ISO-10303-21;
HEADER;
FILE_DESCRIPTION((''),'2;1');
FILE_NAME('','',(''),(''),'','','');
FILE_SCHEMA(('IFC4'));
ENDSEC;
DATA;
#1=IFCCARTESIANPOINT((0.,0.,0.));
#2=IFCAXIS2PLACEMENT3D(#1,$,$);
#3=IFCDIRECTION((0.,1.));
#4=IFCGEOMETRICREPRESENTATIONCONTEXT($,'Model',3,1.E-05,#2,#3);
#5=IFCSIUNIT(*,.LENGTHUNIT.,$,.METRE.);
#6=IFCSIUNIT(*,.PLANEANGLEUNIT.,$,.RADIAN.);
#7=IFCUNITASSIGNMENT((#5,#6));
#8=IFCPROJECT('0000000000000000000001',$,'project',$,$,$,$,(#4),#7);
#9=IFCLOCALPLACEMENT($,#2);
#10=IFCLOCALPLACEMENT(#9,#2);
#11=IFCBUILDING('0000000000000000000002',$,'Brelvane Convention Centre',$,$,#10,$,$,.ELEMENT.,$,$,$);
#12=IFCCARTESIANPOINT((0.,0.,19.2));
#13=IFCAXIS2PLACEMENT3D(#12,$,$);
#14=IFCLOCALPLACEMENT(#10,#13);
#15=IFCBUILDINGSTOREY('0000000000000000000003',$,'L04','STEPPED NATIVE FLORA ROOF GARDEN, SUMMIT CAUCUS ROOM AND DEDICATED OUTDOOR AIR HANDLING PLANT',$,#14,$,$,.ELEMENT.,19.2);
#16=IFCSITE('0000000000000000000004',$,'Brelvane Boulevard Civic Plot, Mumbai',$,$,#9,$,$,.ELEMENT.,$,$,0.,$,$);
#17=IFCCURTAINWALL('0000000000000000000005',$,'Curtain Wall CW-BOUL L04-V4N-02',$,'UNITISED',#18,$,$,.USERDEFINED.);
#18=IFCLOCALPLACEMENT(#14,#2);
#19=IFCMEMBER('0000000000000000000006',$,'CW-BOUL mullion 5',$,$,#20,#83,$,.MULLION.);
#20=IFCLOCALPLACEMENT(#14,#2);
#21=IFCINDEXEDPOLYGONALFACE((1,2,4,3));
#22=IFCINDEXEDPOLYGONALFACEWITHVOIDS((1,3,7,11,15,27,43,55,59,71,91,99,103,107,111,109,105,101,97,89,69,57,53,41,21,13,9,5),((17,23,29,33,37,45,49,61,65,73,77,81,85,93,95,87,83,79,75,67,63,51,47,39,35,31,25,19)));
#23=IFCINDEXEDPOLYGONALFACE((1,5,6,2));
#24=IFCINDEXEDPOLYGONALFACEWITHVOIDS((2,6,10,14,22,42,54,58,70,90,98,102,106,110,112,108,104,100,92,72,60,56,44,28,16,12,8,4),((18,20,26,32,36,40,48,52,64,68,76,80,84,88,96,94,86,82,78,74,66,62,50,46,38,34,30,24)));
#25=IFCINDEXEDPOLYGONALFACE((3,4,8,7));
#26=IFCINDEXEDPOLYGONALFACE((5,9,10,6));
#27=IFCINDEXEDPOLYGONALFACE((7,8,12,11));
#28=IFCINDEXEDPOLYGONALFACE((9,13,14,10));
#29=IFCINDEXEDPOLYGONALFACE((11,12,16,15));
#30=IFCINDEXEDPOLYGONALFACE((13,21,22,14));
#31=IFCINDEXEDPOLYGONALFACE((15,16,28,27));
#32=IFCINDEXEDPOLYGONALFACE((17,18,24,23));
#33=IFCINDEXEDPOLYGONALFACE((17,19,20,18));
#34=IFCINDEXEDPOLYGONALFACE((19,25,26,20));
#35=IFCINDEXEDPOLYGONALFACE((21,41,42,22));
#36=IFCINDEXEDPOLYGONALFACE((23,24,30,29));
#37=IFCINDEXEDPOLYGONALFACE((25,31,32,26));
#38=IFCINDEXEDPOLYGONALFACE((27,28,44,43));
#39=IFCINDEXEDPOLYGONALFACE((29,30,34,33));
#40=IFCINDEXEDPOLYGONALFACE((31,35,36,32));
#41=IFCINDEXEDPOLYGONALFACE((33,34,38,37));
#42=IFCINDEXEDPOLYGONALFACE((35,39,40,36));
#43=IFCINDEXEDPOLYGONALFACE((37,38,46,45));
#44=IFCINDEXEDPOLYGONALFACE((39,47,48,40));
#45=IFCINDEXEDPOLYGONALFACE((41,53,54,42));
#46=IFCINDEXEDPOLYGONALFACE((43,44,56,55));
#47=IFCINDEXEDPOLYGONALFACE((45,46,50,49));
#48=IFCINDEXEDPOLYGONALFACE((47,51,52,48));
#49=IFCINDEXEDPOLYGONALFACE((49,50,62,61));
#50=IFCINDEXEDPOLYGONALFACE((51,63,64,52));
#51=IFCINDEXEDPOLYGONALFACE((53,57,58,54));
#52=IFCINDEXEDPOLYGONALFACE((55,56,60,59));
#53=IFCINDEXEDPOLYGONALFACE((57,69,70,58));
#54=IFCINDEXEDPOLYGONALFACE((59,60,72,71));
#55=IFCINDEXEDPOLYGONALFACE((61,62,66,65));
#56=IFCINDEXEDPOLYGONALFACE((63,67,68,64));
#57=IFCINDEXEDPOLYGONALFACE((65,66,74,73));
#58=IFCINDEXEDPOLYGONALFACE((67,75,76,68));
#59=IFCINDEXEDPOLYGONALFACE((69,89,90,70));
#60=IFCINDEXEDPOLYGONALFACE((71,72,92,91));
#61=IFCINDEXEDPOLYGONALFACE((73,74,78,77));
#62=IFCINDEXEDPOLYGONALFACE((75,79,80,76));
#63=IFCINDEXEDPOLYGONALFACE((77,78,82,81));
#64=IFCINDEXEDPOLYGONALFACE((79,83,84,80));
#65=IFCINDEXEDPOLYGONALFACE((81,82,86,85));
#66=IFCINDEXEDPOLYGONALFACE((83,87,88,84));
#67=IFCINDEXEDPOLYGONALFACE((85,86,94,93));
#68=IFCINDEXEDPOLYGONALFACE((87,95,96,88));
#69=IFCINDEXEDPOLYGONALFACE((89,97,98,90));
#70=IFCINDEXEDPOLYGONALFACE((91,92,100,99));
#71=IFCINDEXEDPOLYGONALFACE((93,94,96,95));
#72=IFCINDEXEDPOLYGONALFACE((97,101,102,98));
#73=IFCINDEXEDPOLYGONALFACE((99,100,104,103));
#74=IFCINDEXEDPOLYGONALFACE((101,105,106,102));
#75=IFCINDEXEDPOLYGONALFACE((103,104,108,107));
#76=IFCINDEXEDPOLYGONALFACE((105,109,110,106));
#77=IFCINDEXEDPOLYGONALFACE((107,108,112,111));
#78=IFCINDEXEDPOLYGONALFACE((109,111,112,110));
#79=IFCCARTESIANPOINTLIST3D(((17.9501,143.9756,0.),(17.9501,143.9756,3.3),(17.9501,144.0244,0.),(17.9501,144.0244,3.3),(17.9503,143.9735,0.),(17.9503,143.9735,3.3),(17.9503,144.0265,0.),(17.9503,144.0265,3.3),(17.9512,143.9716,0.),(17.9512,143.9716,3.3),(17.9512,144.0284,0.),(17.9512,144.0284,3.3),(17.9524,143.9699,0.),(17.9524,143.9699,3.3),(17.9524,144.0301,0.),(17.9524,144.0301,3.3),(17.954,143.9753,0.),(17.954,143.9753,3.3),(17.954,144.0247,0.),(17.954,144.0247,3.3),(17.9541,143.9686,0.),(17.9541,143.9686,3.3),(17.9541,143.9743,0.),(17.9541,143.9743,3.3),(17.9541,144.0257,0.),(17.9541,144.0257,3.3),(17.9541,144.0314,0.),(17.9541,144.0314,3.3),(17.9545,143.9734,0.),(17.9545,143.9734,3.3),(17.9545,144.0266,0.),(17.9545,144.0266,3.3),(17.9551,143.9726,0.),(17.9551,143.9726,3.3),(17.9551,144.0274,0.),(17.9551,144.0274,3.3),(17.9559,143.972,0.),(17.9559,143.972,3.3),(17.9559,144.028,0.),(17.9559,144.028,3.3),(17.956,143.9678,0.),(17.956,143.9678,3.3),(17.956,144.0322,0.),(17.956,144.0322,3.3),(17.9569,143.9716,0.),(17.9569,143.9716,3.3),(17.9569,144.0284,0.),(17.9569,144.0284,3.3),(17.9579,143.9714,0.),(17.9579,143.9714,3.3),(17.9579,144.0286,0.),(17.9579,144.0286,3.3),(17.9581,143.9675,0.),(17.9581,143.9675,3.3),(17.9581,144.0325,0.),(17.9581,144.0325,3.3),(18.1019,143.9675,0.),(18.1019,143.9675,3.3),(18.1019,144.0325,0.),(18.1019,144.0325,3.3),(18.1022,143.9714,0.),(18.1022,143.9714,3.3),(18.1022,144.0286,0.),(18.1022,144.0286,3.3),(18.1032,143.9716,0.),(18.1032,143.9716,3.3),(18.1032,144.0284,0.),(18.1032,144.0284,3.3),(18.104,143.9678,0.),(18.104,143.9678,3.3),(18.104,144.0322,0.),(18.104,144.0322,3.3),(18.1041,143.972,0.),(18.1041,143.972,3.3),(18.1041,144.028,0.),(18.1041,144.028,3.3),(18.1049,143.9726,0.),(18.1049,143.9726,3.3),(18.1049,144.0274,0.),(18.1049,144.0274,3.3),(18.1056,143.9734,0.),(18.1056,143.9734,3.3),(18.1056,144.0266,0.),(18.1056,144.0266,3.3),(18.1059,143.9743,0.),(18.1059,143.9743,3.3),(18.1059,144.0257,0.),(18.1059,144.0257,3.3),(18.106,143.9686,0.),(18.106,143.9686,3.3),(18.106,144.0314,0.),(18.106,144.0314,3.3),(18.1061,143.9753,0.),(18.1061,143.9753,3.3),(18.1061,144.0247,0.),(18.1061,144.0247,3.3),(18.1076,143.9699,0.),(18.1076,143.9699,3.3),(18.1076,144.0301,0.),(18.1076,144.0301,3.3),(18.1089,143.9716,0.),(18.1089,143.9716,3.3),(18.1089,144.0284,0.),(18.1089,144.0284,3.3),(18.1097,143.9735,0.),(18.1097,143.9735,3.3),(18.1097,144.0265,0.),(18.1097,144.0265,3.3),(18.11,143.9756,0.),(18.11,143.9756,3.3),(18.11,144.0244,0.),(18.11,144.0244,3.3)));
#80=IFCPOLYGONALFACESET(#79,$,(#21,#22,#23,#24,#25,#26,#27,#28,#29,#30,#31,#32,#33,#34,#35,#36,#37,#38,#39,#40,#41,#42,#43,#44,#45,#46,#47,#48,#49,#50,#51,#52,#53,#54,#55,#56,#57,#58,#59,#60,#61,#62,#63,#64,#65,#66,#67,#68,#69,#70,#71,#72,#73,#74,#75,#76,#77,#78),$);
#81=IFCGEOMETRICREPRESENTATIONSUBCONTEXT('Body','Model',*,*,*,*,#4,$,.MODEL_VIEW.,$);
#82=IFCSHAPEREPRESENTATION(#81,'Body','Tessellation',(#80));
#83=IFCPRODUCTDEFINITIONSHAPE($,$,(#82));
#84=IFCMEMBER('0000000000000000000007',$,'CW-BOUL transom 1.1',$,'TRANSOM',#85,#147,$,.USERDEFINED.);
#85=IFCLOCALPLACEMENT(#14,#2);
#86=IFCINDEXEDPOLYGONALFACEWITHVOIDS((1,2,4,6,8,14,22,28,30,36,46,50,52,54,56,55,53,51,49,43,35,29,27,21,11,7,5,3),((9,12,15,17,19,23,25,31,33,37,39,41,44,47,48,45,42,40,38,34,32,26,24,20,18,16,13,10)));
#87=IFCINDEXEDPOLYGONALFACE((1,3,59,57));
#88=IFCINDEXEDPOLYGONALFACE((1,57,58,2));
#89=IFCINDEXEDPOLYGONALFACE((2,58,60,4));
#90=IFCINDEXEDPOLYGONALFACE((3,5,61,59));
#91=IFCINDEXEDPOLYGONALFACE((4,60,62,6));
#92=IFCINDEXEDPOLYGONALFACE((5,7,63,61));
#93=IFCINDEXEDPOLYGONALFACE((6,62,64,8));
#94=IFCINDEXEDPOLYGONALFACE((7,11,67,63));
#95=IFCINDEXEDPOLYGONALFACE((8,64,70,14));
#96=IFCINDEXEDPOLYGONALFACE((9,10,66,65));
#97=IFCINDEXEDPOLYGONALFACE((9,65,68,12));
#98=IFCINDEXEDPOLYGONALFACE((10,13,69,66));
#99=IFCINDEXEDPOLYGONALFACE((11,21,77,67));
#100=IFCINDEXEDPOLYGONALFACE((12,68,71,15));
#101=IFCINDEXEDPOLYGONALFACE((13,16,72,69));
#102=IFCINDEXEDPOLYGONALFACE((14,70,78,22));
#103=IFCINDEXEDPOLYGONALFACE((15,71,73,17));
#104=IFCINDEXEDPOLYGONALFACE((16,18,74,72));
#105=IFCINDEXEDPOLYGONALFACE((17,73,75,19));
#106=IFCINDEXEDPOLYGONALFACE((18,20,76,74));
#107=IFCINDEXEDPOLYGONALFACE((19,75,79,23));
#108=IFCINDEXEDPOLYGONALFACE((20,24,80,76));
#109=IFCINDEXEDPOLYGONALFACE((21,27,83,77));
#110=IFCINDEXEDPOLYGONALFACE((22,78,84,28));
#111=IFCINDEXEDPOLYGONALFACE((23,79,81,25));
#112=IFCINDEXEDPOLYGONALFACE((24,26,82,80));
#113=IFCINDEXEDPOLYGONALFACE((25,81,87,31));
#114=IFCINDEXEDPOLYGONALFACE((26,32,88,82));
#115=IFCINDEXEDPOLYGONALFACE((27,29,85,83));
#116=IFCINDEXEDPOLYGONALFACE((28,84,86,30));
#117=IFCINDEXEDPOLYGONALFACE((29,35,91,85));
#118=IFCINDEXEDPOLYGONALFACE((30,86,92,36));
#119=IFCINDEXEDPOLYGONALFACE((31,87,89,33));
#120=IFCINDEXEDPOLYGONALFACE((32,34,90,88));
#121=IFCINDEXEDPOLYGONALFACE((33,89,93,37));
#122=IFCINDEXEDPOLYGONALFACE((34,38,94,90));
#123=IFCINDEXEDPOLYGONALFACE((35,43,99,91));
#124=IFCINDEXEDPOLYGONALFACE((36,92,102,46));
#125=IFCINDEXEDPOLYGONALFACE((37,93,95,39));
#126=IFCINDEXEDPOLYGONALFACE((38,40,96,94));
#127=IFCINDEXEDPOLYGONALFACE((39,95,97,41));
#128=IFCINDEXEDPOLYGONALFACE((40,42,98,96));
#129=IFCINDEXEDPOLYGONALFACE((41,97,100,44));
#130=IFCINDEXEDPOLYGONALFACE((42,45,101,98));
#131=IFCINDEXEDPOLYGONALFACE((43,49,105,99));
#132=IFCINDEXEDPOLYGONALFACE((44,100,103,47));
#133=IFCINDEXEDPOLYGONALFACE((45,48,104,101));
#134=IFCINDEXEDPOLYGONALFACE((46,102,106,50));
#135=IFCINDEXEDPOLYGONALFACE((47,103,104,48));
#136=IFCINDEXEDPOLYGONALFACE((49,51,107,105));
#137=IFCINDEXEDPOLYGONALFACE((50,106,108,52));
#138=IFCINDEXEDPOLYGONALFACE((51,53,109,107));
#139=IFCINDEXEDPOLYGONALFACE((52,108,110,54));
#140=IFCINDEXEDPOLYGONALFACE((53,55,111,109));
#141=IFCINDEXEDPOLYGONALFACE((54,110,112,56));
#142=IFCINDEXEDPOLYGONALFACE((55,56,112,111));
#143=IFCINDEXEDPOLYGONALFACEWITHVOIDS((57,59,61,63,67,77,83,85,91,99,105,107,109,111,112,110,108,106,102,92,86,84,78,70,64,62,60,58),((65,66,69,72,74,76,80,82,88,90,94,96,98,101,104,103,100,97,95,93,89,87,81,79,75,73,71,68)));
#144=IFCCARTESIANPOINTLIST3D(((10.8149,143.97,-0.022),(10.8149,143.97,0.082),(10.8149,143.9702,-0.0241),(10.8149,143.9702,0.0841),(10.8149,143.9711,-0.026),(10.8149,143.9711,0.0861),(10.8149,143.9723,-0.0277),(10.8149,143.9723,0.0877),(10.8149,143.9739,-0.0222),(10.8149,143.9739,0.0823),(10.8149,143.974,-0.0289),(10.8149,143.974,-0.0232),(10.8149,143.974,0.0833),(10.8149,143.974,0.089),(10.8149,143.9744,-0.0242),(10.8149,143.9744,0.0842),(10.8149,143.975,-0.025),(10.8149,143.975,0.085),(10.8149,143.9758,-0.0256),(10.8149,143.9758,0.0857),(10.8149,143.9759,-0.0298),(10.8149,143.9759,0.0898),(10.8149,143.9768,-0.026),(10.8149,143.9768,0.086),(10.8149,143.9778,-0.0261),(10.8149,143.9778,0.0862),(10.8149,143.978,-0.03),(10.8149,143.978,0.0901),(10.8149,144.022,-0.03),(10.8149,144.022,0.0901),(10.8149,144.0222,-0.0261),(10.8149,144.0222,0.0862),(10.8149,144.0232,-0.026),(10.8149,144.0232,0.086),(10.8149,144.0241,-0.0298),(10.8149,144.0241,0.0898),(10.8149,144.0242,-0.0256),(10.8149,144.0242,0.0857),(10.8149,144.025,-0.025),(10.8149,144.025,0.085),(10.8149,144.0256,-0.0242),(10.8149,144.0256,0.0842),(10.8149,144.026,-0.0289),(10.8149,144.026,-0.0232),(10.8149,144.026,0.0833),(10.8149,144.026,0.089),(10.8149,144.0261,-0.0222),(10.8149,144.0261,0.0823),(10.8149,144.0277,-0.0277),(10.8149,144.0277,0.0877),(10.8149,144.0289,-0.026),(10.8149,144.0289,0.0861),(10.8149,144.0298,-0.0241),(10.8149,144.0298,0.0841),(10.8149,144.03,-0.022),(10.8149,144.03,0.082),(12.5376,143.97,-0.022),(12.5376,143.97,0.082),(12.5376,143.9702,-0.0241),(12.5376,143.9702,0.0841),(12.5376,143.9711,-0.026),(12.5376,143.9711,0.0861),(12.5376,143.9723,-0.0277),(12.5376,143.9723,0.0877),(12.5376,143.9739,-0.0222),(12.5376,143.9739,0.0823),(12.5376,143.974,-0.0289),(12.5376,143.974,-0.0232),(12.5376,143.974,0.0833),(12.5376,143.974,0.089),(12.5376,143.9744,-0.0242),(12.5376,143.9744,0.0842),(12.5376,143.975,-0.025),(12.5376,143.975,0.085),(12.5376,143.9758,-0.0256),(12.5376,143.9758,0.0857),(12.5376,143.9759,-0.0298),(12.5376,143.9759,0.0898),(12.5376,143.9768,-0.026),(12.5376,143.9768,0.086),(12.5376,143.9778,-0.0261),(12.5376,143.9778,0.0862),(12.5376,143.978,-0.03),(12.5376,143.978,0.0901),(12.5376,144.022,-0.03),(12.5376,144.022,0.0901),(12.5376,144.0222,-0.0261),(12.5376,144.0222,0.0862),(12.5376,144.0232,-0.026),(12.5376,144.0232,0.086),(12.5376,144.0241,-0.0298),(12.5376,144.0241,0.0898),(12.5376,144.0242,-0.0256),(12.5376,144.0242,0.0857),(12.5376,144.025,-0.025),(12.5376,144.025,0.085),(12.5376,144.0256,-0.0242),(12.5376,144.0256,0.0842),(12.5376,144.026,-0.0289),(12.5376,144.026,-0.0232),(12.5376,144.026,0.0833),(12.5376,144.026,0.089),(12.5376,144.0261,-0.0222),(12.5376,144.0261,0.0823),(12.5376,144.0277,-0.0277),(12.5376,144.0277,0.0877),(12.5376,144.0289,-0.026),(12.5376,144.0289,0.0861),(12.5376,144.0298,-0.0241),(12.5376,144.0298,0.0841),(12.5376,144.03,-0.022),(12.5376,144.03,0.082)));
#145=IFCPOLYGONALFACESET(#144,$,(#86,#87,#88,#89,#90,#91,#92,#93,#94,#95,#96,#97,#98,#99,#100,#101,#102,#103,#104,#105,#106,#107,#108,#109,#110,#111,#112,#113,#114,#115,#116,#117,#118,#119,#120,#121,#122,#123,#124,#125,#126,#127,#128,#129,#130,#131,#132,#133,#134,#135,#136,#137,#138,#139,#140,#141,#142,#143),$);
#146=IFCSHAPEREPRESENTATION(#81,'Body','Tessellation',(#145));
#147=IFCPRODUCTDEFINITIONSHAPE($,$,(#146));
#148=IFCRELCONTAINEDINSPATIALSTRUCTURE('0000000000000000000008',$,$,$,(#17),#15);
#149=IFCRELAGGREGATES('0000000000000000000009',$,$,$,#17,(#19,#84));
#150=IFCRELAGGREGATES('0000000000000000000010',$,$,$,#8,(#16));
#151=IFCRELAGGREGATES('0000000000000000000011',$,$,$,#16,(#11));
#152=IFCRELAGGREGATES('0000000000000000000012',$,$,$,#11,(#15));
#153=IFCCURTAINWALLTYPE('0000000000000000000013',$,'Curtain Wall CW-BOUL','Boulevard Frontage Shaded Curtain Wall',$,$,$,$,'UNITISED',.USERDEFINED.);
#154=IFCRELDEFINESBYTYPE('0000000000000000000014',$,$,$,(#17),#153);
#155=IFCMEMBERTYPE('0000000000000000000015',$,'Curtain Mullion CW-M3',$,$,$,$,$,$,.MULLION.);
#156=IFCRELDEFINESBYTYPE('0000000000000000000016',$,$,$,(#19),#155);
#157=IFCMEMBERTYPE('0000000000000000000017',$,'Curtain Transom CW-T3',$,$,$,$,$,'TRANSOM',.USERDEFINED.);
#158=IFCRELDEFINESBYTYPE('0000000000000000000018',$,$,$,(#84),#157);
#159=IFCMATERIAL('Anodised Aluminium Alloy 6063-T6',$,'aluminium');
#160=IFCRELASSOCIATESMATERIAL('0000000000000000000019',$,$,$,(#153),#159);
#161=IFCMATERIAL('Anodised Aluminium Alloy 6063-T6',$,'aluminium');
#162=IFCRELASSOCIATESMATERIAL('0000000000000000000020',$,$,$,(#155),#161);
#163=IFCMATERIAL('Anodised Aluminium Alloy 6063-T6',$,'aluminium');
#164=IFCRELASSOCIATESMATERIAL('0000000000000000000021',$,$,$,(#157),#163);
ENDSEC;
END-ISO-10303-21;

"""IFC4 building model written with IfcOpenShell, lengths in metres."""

from ifc_helpers import new_model, si_unit, direction, frame, origin, origin_2d, place, context, subcontext, project, spatial, hollow_rectangle, extrude, material, material_profile, profile_set, type_object, element, aggregate, save


model = new_model("IFC4")

# Units and contexts
model_context = context("Model", 3, precision=1e-05, world=origin(), true_north=direction((0.0, 1.0)))
body_context = subcontext(model_context, "Body", "Model", "MODEL_VIEW")
ifc_project = project(units=[si_unit("LENGTHUNIT", "METRE"), si_unit("PLANEANGLEUNIT", "RADIAN")], contexts=[model_context])

# Site, building, storey
site_placement = place(None, origin())
site = spatial("IfcSite", under=ifc_project, at=site_placement, Name="Brelvane Boulevard Civic Plot, Mumbai", CompositionType="ELEMENT", RefElevation=0.0)
building_placement = place(site_placement, origin())
building = spatial("IfcBuilding", under=site, at=building_placement, Name="Brelvane Convention Centre", CompositionType="ELEMENT")
storey_placement = place(building_placement, frame((0.0, 0.0, 19.2)))
storey = spatial("IfcBuildingStorey", under=building, at=storey_placement, Name="L04", Description="STEPPED NATIVE FLORA ROOF GARDEN, SUMMIT CAUCUS ROOM AND DEDICATED OUTDOOR AIR HANDLING PLANT", CompositionType="ELEMENT", Elevation=19.2)

# Curtain wall, members
ifc_material_1 = material(Name="Anodised Aluminium Alloy 6063-T6", Category="aluminium")
curtain_wall_type = type_object("IfcCurtainWallType", Name="Curtain Wall CW-BOUL", Description="Boulevard Frontage Shaded Curtain Wall", ElementType="UNITISED", PredefinedType="USERDEFINED", material=ifc_material_1)
curtain_wall_placement = place(storey_placement, origin())
curtain_wall = element("IfcCurtainWall", 1, at=curtain_wall_placement, inside=storey, type_object=curtain_wall_type, Name="Curtain Wall CW-BOUL L04-V4N-02", ObjectType="UNITISED", PredefinedType="USERDEFINED")
ifc_material_2 = material(Name="Anodised Aluminium Alloy 6063-T6", Category="aluminium")
ifc_material_profile_1 = material_profile(ifc_material_2, hollow_rectangle(XDim=0.0649, YDim=0.1599, WallThickness=0.0039, InnerFilletRadius=0.0039, OuterFilletRadius=0.0081, at=origin_2d()), Name="ALU-M 160x65x4.0")
ifc_profile_set_1 = profile_set([ifc_material_profile_1], Name="Anodised Aluminium Alloy 6063-T6")
member_type_1 = type_object("IfcMemberType", Name="Curtain Mullion CW-M3", PredefinedType="MULLION", material=ifc_profile_set_1)
member_1_placement = place(storey_placement, frame((18.03, 144.0, 0.0), z_axis=(0.0, 0.0, 1.0), x_axis=(0.0, 1.0, 0.0)))
member_1 = element("IfcMember", 2, at=member_1_placement, type_object=member_type_1, Name="CW-BOUL mullion 5", PredefinedType="MULLION", context=body_context, shape_type="SweptSolid", body=[
    extrude(hollow_rectangle(XDim=0.0649, YDim=0.1599, WallThickness=0.0039, InnerFilletRadius=0.0039, OuterFilletRadius=0.0081, at=origin_2d()), origin(), (0.0, 0.0, 1.0), 3.3),
])
ifc_material_3 = material(Name="Anodised Aluminium Alloy 6063-T6", Category="aluminium")
ifc_material_profile_2 = material_profile(ifc_material_3, hollow_rectangle(XDim=0.0601, YDim=0.1201, WallThickness=0.0039, InnerFilletRadius=0.0039, OuterFilletRadius=0.0081, at=origin_2d()), Name="ALU-T 120x60x4.0")
ifc_profile_set_2 = profile_set([ifc_material_profile_2], Name="Anodised Aluminium Alloy 6063-T6")
member_type_2 = type_object("IfcMemberType", Name="Curtain Transom CW-T3", ElementType="TRANSOM", PredefinedType="USERDEFINED", material=ifc_profile_set_2)
member_2_placement = place(storey_placement, frame((10.8149, 144.0, 0.03), z_axis=(1.0, 0.0, 0.0), x_axis=(0.0, 1.0, 0.0)))
member_2 = element("IfcMember", 3, at=member_2_placement, type_object=member_type_2, Name="CW-BOUL transom 1.1", ObjectType="TRANSOM", PredefinedType="USERDEFINED", context=body_context, shape_type="SweptSolid", body=[
    extrude(hollow_rectangle(XDim=0.0601, YDim=0.1201, WallThickness=0.0039, InnerFilletRadius=0.0039, OuterFilletRadius=0.0081, at=origin_2d()), origin(), (0.0, 0.0, 1.0), 1.7227),
])

aggregate(curtain_wall, [member_1, member_2])

save(model, "model.ifc")
